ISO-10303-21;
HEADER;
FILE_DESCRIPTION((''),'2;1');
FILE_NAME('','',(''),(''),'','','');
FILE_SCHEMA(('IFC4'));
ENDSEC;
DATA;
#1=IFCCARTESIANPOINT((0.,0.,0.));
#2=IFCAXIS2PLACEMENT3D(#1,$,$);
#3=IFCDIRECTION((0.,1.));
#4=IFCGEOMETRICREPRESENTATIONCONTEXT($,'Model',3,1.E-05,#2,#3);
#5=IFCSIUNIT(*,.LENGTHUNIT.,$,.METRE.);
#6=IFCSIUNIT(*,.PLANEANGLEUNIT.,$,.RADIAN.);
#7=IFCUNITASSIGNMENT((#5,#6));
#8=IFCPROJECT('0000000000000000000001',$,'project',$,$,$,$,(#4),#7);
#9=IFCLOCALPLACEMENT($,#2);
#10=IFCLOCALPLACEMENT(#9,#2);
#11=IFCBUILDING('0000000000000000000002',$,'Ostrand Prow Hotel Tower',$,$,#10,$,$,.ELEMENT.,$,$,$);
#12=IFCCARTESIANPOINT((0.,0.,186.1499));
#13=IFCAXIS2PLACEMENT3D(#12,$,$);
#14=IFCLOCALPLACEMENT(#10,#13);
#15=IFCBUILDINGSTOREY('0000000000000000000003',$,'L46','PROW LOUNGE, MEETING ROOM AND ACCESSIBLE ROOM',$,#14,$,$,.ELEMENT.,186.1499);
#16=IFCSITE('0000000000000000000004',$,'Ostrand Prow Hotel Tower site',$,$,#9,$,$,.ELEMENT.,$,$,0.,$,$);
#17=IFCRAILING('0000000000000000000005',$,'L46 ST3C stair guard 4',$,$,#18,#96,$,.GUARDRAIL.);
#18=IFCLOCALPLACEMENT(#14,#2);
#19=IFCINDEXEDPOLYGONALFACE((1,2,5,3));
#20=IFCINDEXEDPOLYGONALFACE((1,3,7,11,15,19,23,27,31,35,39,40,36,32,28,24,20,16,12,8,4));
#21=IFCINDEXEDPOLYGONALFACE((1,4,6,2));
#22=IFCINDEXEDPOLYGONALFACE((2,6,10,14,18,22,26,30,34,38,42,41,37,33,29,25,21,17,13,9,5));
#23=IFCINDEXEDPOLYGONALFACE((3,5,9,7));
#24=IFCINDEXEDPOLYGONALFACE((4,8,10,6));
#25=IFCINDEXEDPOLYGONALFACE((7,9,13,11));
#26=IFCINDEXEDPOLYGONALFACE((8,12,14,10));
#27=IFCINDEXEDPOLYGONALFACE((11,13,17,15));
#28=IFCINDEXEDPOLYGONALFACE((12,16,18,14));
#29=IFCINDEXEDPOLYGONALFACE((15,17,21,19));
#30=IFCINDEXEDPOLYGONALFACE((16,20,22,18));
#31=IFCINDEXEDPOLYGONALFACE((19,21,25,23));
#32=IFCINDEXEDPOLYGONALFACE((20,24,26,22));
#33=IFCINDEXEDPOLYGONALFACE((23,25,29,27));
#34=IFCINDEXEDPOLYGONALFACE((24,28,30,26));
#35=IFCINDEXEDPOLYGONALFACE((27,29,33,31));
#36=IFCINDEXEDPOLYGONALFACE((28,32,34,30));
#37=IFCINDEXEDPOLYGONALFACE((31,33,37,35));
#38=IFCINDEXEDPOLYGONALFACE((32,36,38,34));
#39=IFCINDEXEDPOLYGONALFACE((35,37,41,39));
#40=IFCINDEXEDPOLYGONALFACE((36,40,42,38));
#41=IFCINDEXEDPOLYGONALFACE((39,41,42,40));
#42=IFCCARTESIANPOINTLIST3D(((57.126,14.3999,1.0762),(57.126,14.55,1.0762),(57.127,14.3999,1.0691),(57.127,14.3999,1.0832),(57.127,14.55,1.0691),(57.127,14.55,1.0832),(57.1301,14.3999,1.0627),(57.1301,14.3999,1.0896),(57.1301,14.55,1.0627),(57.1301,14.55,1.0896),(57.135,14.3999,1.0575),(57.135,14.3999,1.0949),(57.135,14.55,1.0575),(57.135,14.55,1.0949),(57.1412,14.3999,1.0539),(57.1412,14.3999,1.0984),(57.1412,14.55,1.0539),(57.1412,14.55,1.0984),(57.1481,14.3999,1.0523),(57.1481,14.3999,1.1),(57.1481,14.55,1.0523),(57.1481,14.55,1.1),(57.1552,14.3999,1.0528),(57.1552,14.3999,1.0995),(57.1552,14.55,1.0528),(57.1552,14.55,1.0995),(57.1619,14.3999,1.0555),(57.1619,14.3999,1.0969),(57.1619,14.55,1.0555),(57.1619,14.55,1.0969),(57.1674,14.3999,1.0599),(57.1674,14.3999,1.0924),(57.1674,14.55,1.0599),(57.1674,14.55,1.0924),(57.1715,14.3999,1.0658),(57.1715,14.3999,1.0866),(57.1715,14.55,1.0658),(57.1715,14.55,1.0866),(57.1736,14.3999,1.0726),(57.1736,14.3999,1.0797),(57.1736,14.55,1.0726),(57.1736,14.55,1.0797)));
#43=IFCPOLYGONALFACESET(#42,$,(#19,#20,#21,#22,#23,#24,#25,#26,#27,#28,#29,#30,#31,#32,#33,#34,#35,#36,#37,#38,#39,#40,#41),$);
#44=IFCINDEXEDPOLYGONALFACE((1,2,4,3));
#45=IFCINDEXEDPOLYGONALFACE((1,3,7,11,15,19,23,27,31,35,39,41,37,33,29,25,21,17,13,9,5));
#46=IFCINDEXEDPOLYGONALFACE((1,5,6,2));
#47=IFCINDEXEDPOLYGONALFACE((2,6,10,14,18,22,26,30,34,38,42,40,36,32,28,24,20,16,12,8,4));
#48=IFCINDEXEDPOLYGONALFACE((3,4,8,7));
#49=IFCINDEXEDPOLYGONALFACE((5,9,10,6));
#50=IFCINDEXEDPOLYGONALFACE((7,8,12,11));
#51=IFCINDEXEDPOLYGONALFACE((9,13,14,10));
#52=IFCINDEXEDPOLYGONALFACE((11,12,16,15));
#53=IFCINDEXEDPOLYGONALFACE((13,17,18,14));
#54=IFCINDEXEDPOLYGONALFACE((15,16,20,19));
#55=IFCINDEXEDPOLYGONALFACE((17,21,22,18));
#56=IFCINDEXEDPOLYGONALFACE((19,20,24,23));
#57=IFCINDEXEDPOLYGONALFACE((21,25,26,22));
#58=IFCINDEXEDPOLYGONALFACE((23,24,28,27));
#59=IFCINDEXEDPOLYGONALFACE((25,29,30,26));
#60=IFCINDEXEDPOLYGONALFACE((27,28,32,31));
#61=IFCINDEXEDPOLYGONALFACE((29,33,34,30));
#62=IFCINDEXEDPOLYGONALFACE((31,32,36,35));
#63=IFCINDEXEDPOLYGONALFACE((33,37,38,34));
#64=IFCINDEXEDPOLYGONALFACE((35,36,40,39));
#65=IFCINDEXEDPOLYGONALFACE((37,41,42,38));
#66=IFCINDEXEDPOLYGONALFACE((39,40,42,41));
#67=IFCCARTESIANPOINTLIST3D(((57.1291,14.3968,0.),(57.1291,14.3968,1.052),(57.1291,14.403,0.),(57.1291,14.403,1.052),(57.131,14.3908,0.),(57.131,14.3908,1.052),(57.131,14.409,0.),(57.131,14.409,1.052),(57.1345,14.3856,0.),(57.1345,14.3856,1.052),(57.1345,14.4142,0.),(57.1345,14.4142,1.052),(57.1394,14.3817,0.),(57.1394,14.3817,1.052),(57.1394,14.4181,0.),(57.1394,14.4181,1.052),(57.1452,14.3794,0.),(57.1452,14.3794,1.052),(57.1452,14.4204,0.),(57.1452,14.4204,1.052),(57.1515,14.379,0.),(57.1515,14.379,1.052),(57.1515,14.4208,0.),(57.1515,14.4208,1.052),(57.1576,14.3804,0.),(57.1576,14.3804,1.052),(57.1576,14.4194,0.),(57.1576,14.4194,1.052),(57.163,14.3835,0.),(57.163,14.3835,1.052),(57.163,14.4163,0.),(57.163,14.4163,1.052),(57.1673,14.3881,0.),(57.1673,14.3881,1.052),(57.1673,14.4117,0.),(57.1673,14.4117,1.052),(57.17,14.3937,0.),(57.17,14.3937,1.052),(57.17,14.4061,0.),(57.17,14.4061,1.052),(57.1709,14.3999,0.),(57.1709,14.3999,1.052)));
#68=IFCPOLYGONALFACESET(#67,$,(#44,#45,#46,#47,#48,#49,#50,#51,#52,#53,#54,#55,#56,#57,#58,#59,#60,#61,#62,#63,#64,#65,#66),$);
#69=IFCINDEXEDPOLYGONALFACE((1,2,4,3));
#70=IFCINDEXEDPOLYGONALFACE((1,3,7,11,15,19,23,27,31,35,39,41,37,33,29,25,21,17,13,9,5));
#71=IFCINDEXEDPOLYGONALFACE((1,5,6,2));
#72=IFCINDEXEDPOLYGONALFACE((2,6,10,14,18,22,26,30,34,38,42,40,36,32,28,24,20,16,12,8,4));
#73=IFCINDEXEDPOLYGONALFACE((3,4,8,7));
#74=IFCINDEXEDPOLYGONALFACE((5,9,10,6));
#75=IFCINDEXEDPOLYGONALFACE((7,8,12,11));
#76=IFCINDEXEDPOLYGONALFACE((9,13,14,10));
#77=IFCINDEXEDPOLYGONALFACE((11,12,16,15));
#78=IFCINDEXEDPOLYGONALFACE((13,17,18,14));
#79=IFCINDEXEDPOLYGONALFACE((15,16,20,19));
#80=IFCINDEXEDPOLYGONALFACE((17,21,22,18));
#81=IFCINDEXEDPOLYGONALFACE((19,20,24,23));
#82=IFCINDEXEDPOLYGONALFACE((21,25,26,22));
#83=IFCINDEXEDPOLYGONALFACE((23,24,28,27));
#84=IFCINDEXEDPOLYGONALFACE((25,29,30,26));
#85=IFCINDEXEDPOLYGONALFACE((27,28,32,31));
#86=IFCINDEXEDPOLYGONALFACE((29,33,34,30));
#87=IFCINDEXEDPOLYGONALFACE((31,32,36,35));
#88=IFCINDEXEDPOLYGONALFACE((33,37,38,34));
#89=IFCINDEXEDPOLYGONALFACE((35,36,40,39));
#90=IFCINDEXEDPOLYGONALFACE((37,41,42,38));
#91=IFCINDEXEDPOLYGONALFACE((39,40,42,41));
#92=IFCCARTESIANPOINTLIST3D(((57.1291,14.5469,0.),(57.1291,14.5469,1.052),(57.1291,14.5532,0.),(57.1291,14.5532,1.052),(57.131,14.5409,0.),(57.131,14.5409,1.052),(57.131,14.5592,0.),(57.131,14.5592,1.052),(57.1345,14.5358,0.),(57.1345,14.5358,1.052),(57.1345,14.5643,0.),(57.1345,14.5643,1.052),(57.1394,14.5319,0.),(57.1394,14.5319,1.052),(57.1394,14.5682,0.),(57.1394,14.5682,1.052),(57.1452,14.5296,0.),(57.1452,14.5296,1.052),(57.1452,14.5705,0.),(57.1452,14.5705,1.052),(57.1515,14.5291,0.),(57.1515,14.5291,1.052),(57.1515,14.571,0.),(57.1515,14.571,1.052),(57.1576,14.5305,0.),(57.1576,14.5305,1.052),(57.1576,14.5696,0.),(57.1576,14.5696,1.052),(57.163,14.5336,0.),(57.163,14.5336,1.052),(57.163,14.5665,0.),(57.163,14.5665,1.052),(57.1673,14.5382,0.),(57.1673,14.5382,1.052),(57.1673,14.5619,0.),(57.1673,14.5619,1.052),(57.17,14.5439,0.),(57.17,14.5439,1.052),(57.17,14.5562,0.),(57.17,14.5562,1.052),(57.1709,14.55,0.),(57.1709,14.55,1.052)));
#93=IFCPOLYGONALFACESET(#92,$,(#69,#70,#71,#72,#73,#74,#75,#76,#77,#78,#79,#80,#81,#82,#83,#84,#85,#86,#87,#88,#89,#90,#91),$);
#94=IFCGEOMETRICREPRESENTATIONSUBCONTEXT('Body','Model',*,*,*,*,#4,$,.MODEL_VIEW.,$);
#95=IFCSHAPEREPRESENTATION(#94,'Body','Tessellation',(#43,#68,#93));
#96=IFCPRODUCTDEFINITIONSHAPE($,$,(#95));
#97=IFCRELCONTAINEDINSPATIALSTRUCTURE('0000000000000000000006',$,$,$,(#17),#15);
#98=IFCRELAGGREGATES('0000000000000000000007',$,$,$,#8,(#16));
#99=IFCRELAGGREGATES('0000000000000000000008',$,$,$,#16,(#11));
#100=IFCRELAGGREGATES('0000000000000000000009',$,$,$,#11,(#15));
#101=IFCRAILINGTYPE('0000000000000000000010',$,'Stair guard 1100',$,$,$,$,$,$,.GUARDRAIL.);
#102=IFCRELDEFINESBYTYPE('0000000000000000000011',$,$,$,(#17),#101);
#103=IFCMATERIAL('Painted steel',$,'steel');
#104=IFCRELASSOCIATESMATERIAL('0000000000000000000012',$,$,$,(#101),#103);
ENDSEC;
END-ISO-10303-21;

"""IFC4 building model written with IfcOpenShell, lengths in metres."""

from ifc_helpers import new_model, si_unit, direction, frame, origin, origin_2d, place, context, subcontext, project, spatial, circle, extrude, material, type_object, element, save


model = new_model("IFC4")

# Units and contexts
model_context = context("Model", 3, precision=1e-05, world=origin(), true_north=direction((0.0, 1.0)))
body_context = subcontext(model_context, "Body", "Model", "MODEL_VIEW")
ifc_project = project(units=[si_unit("LENGTHUNIT", "METRE"), si_unit("PLANEANGLEUNIT", "RADIAN")], contexts=[model_context])

# Site, building, storey
site_placement = place(None, origin())
site = spatial("IfcSite", under=ifc_project, at=site_placement, Name="Ostrand Prow Hotel Tower site", CompositionType="ELEMENT", RefElevation=0.0)
building_placement = place(site_placement, origin())
building = spatial("IfcBuilding", under=site, at=building_placement, Name="Ostrand Prow Hotel Tower", CompositionType="ELEMENT")
storey_placement = place(building_placement, frame((0.0, 0.0, 186.1499)))
storey = spatial("IfcBuildingStorey", under=building, at=storey_placement, Name="L46", Description="PROW LOUNGE, MEETING ROOM AND ACCESSIBLE ROOM", CompositionType="ELEMENT", Elevation=186.1499)

# Railing
ifc_material_1 = material(Name="Painted steel", Category="steel")
railing_type_1 = type_object("IfcRailingType", Name="Stair guard 1100", PredefinedType="GUARDRAIL", material=ifc_material_1)
railing_1_placement = place(storey_placement, frame((57.1499, 14.3999, 0.0)))
element("IfcRailing", 1, at=railing_1_placement, inside=storey, type_object=railing_type_1, Name="L46 ST3C stair guard 4", PredefinedType="GUARDRAIL", context=body_context, shape_type="SweptSolid", body=[
    extrude(circle(Radius=0.0239, at=origin_2d()), frame((0.0, 0.0, 1.0762), z_axis=(0.0, 1.0, 0.0), x_axis=(-1.0, 0.0, 0.0)), (0.0, 0.0, 1.0), 0.1501),
    extrude(circle(Radius=0.021, at=origin_2d()), origin(), (0.0, 0.0, 1.0), 1.052),
    extrude(circle(Radius=0.021, at=origin_2d()), frame((0.0, 0.1501, 0.0)), (0.0, 0.0, 1.0), 1.052),
])

save(model, "model.ifc")
